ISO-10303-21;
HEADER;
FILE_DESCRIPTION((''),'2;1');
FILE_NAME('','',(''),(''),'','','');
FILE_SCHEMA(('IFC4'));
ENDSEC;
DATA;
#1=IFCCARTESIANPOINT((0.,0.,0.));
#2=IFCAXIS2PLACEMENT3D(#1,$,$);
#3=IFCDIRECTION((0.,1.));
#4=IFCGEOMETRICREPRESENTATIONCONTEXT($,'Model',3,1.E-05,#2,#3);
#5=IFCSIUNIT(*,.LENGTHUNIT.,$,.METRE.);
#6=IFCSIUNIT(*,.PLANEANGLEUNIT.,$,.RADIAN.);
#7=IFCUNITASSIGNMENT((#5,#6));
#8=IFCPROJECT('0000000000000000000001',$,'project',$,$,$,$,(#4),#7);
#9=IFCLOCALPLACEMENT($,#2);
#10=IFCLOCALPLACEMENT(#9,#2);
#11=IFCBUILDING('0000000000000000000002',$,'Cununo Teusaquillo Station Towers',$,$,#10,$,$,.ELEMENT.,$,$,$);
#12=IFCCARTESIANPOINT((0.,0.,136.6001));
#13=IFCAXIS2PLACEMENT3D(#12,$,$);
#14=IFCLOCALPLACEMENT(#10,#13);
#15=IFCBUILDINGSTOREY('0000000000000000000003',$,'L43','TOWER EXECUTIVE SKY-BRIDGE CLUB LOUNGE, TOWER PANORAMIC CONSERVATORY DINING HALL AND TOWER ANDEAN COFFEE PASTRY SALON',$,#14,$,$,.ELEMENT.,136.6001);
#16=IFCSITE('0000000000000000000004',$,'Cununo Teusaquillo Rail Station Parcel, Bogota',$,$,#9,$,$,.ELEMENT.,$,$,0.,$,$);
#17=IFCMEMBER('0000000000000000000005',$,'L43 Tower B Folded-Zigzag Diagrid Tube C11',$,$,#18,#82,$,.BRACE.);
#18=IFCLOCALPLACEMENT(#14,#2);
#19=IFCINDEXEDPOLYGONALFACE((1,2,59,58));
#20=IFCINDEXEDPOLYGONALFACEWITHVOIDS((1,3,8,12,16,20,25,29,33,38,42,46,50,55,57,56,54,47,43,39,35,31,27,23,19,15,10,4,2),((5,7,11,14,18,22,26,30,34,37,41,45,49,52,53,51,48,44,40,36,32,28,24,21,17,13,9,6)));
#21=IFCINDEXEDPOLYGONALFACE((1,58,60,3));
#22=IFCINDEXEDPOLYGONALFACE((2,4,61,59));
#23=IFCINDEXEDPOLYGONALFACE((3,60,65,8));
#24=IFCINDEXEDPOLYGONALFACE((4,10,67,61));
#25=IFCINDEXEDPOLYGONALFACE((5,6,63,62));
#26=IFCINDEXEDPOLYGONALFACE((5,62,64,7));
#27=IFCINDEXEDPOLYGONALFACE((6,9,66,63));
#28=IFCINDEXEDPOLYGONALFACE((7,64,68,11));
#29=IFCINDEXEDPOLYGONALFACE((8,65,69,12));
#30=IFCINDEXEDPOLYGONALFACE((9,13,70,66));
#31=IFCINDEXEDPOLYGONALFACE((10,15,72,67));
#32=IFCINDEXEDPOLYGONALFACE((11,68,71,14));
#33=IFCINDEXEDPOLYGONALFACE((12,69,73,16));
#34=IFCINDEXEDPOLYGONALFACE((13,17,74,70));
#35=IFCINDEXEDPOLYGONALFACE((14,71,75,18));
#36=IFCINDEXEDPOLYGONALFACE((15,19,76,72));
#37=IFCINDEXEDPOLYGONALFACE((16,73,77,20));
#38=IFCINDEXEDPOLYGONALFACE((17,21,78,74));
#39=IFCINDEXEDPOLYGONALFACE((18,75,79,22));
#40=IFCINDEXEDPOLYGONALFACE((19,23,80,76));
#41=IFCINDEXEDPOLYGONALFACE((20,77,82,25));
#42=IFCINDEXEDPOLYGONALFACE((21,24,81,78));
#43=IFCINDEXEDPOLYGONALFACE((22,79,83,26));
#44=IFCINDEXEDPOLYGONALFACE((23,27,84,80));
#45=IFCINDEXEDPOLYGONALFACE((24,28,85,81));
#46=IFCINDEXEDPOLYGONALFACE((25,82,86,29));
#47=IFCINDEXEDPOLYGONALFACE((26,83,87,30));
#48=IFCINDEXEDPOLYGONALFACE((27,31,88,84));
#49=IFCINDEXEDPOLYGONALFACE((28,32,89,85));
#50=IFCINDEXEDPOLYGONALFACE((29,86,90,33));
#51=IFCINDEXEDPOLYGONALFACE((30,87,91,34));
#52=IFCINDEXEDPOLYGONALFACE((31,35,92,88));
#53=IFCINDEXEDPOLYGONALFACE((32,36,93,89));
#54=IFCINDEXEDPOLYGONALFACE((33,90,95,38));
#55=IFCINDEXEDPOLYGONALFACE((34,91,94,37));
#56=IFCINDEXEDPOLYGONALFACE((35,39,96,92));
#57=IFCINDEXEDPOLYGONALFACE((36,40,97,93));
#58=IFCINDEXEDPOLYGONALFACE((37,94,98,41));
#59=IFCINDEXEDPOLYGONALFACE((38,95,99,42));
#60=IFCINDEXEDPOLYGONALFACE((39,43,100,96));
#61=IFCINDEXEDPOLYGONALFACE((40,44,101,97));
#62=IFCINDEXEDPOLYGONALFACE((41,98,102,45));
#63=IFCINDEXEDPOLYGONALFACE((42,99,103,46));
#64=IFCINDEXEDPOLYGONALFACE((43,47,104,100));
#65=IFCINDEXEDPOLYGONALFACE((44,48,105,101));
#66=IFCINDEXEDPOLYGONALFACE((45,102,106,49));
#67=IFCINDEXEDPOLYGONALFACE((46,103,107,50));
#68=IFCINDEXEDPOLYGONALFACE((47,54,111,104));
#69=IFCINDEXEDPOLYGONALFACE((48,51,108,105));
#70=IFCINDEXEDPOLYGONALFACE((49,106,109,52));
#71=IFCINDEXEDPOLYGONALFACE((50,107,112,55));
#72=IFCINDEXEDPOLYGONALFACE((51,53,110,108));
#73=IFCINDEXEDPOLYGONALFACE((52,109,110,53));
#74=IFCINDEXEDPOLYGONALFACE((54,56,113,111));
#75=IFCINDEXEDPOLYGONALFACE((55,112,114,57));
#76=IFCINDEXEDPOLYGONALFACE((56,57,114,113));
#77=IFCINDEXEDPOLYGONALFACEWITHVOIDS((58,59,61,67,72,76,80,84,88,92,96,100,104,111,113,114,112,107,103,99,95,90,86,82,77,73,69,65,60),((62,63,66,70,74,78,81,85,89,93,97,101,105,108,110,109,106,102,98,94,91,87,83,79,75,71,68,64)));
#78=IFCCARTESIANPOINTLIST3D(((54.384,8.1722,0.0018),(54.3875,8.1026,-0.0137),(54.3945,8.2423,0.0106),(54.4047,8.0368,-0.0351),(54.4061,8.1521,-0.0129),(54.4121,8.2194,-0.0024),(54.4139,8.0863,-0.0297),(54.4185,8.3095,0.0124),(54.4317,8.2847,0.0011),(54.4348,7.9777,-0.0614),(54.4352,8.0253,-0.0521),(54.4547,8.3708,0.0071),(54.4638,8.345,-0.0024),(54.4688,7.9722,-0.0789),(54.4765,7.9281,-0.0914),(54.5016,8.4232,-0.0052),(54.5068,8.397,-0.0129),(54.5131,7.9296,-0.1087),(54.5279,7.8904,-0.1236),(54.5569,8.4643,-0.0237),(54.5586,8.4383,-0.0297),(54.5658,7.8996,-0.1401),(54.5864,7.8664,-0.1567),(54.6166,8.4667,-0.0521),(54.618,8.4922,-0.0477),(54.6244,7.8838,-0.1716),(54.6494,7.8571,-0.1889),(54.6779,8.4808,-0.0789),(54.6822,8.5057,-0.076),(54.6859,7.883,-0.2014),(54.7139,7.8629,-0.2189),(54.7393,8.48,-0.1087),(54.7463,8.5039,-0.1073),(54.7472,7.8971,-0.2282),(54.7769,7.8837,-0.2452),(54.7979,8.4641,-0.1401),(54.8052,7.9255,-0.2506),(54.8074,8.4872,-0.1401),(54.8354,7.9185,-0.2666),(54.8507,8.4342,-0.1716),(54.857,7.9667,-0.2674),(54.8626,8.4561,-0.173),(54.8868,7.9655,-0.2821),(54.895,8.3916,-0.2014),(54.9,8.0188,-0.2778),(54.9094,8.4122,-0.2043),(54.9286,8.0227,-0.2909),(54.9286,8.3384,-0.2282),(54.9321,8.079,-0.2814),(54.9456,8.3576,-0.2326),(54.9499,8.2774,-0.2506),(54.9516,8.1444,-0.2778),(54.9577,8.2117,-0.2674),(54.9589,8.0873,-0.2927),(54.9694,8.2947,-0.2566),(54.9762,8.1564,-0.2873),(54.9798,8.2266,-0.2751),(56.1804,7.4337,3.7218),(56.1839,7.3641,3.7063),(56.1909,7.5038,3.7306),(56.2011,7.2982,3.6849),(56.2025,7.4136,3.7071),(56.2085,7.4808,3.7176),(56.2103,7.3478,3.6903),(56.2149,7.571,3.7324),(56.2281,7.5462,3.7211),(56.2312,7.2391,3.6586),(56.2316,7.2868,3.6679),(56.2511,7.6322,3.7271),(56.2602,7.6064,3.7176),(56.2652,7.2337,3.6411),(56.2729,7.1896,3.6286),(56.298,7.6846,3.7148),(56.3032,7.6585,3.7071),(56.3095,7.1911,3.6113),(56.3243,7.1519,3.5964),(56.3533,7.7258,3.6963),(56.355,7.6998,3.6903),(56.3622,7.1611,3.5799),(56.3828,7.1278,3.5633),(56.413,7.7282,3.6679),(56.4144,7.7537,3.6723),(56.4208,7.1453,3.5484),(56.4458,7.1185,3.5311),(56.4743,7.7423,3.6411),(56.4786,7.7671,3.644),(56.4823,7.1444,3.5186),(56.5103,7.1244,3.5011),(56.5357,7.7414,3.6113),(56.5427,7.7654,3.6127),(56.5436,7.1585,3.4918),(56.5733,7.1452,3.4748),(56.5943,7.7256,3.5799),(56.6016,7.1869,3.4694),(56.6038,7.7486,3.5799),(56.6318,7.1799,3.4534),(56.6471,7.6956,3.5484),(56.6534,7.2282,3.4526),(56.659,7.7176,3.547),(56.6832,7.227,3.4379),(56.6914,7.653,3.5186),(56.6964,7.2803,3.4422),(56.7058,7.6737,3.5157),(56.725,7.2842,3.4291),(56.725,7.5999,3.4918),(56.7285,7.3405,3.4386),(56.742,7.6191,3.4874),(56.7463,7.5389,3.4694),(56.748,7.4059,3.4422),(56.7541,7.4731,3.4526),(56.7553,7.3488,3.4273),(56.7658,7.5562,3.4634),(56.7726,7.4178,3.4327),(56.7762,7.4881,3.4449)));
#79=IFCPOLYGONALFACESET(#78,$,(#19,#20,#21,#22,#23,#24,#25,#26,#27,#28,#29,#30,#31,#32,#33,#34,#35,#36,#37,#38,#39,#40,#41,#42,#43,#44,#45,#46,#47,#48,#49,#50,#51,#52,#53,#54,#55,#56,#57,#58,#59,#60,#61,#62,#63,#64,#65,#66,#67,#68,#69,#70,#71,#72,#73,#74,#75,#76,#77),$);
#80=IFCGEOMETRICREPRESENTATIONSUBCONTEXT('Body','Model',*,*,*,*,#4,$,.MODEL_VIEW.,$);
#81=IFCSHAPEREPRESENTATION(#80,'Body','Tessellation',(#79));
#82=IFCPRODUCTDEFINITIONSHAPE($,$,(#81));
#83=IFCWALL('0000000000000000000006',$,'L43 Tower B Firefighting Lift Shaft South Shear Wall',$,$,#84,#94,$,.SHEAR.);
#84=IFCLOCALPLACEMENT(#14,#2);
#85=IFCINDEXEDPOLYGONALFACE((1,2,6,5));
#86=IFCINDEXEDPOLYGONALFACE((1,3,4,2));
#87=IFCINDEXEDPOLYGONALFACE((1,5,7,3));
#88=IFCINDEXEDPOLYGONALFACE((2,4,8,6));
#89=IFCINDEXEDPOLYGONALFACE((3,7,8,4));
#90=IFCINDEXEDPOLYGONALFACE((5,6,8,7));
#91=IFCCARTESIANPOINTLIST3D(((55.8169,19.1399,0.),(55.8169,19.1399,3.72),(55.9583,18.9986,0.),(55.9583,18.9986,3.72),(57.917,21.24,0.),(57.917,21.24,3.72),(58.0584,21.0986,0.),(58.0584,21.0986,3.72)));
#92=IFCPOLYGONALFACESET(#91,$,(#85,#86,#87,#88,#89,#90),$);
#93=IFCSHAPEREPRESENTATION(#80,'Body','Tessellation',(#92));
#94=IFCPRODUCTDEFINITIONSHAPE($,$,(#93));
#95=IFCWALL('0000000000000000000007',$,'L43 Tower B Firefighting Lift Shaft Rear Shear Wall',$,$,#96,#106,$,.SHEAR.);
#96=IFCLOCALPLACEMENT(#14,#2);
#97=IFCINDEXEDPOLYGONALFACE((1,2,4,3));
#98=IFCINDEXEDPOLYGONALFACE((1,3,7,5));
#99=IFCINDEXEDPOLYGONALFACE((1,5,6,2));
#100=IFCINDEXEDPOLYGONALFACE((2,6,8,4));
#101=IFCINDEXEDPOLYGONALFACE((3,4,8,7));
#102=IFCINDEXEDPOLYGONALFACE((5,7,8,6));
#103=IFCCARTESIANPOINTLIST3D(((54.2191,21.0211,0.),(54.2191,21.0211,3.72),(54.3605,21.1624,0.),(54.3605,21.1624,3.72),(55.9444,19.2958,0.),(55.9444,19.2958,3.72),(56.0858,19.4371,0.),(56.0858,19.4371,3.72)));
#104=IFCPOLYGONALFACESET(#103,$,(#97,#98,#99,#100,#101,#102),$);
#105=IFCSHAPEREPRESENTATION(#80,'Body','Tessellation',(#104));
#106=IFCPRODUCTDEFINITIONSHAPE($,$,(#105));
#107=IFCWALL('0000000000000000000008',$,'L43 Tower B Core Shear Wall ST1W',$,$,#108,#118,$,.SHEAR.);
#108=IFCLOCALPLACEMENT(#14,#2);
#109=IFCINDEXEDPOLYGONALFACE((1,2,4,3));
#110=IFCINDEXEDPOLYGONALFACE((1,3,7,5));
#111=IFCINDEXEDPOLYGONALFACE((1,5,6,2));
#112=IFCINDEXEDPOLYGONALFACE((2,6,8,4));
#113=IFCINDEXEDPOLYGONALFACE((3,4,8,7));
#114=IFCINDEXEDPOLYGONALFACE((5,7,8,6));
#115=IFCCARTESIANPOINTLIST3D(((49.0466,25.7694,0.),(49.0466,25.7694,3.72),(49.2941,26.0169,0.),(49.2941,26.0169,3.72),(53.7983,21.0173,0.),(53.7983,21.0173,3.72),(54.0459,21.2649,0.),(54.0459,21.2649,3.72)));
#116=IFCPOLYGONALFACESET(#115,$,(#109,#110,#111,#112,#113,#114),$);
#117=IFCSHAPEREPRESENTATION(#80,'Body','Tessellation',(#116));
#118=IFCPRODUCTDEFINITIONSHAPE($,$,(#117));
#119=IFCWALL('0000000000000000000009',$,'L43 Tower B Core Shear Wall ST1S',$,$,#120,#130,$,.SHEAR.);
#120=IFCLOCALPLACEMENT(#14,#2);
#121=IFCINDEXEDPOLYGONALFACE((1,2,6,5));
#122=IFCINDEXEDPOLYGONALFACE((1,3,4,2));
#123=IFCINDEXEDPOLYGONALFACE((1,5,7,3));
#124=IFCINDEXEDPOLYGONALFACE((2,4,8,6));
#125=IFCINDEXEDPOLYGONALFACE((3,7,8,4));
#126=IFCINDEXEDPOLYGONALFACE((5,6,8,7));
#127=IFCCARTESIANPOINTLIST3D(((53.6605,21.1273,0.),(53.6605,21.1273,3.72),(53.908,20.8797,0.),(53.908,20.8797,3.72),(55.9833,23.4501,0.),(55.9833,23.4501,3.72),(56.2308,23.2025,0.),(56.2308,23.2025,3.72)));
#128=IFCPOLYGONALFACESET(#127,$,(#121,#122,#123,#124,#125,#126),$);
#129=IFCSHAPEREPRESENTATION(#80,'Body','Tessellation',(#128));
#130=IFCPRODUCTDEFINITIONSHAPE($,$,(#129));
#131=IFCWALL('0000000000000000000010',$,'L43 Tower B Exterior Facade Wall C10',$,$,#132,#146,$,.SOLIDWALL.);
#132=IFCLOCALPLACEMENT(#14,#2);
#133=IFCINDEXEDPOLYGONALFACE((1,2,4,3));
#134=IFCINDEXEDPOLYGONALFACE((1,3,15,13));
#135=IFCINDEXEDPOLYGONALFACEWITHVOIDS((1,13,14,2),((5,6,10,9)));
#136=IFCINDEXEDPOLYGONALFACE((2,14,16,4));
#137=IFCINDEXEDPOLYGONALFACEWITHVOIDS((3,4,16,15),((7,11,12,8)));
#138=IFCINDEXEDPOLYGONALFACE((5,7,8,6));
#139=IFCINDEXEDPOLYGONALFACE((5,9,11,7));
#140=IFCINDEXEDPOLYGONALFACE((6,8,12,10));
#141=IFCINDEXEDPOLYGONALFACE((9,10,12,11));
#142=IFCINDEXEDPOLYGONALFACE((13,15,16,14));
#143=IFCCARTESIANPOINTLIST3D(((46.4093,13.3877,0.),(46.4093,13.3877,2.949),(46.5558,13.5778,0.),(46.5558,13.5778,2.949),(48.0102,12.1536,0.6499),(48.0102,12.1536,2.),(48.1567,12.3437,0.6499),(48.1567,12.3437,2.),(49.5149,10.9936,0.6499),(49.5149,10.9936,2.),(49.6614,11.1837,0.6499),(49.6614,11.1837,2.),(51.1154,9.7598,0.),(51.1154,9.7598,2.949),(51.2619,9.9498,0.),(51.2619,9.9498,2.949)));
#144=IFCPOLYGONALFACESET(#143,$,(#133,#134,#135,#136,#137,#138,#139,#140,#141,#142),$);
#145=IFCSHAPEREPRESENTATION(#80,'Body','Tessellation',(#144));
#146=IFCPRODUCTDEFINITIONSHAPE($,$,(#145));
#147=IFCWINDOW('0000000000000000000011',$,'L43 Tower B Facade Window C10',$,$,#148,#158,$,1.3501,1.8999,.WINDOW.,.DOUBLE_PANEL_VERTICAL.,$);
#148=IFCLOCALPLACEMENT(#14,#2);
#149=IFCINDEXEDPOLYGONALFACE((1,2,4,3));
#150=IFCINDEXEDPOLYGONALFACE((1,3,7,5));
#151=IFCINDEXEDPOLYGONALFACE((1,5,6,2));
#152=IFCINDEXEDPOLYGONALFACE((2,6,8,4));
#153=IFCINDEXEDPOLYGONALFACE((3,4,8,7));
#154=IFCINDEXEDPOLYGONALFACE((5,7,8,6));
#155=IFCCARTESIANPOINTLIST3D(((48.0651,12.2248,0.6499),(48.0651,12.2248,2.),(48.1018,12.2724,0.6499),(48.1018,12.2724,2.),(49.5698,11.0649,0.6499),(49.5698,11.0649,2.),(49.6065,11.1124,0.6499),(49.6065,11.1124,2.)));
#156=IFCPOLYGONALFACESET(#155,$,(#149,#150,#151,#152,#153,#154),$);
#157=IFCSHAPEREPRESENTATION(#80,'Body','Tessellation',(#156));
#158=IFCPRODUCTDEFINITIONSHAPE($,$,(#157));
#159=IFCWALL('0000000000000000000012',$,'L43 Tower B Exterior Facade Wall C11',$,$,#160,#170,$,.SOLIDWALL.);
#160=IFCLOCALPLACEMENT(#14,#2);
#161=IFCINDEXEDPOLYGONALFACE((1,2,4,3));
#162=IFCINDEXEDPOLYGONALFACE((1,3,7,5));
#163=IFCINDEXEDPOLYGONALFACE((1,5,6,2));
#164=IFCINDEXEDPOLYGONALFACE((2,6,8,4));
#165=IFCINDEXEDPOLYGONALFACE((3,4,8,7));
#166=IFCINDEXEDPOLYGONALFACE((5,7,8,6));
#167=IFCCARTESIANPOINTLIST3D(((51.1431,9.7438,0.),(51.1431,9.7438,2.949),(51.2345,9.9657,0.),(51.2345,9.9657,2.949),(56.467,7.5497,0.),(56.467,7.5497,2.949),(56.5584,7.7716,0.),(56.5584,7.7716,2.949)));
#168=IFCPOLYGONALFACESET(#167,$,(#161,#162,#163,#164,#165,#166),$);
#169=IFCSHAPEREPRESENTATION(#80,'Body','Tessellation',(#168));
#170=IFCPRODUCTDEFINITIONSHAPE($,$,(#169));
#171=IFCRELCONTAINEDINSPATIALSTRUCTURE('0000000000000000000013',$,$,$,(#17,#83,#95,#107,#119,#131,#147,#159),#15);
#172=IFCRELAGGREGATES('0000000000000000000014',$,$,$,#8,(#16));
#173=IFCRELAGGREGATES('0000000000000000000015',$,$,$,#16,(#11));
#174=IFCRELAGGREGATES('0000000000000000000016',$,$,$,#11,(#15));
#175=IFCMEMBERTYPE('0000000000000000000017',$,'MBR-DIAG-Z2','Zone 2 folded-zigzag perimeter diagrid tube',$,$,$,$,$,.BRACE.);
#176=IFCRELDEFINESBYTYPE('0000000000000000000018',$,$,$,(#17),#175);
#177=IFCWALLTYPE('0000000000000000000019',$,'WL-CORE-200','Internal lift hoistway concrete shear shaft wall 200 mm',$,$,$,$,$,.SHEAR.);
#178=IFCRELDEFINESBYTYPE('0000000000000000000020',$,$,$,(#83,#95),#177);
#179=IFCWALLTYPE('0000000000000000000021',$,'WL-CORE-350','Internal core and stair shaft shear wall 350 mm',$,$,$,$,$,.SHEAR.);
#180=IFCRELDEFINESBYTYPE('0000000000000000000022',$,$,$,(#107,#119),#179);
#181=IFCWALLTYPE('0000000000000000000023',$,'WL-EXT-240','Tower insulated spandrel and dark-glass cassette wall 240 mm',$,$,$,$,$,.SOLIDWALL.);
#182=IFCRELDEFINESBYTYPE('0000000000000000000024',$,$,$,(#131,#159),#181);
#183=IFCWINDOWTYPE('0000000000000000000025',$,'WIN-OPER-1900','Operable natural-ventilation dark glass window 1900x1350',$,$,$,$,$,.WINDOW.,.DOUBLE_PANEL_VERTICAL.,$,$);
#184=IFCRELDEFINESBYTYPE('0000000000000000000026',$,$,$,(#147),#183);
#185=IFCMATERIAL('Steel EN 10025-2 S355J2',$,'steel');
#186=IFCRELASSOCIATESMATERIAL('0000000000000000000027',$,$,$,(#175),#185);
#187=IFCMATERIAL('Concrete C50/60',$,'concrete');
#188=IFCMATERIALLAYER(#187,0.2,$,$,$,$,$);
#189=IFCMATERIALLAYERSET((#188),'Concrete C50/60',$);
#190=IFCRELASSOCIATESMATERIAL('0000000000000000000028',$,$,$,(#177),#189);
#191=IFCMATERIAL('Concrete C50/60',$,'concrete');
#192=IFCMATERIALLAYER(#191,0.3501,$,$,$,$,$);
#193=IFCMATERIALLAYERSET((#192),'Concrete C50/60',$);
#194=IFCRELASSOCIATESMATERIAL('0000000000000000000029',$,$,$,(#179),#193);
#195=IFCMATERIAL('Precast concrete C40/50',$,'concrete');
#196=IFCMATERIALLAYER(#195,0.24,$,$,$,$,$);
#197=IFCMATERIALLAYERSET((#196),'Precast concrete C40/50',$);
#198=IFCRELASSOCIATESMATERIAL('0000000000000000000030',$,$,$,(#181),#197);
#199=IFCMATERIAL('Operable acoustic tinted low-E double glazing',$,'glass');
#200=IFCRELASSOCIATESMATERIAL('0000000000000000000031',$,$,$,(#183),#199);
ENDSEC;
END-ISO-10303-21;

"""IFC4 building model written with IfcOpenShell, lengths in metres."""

from ifc_helpers import new_model, si_unit, direction, frame, frame_2d, origin, origin_2d, place, context, subcontext, project, spatial, rectangle, hollow_circle, extrude, source, transform, mapped, material, layer, layer_set, material_profile, profile_set, type_object, element, fill, save


model = new_model("IFC4")

# Units and contexts
model_context = context("Model", 3, precision=1e-05, world=origin(), true_north=direction((0.0, 1.0)))
body_context = subcontext(model_context, "Body", "Model", "MODEL_VIEW")
ifc_project = project(units=[si_unit("LENGTHUNIT", "METRE"), si_unit("PLANEANGLEUNIT", "RADIAN")], contexts=[model_context])

# Site, building, storey
site_placement = place(None, origin())
site = spatial("IfcSite", under=ifc_project, at=site_placement, Name="Cununo Teusaquillo Rail Station Parcel, Bogota", CompositionType="ELEMENT", RefElevation=0.0)
building_placement = place(site_placement, origin())
building = spatial("IfcBuilding", under=site, at=building_placement, Name="Cununo Teusaquillo Station Towers", CompositionType="ELEMENT")
storey_placement = place(building_placement, frame((0.0, 0.0, 136.6001)))
storey = spatial("IfcBuildingStorey", under=building, at=storey_placement, Name="L43", Description="TOWER EXECUTIVE SKY-BRIDGE CLUB LOUNGE, TOWER PANORAMIC CONSERVATORY DINING HALL AND TOWER ANDEAN COFFEE PASTRY SALON", CompositionType="ELEMENT", Elevation=136.6001)

# Member
ifc_material_1 = material(Name="Steel EN 10025-2 S355J2", Category="steel")
ifc_material_profile_1 = material_profile(ifc_material_1, hollow_circle(Radius=0.3301, WallThickness=0.0249, at=origin_2d()), Name="CHS 660x25")
ifc_profile_set_1 = profile_set([ifc_material_profile_1], Name="Steel EN 10025-2 S355J2")
member_type = type_object("IfcMemberType", Name="MBR-DIAG-Z2", Description="Zone 2 folded-zigzag perimeter diagrid tube", PredefinedType="BRACE", material=ifc_profile_set_1)
member_placement = place(storey_placement, frame((54.6819, 8.1819, -0.1401), z_axis=(0.428068, -0.175986, 0.886446), x_axis=(0.380238, 0.924889, 0.0)))
element("IfcMember", 1, at=member_placement, inside=storey, type_object=member_type, Name="L43 Tower B Folded-Zigzag Diagrid Tube C11", PredefinedType="BRACE", context=body_context, shape_type="SweptSolid", body=[
    extrude(hollow_circle(Radius=0.3301, WallThickness=0.0249, at=origin_2d()), origin(), (0.0, 0.0, 1.0), 4.1965),
])

# Walls
ifc_material_2 = material(Name="Concrete C50/60", Category="concrete")
ifc_layer_1 = layer(ifc_material_2, 0.2)
ifc_layer_set_1 = layer_set([ifc_layer_1], Name="Concrete C50/60")
wall_type_1 = type_object("IfcWallType", Name="WL-CORE-200", Description="Internal lift hoistway concrete shear shaft wall 200 mm", PredefinedType="SHEAR", material=ifc_layer_set_1)
wall_1_placement = place(storey_placement, frame((55.8877, 19.0693, 0.0), z_axis=(0.0, 0.0, 1.0), x_axis=(0.707107, 0.707107, 0.0)))
element("IfcWall", 2, at=wall_1_placement, inside=storey, type_object=wall_type_1, Name="L43 Tower B Firefighting Lift Shaft South Shear Wall", PredefinedType="SHEAR", context=body_context, shape_type="SweptSolid", body=[
    extrude(rectangle(XDim=2.97, YDim=0.2, at=frame_2d((1.4849, 0.0))), origin(), (0.0, 0.0, 1.0), 3.72),
])
wall_2_placement = place(storey_placement, frame((56.0151, 19.3665, 0.0), z_axis=(0.0, 0.0, 1.0), x_axis=(-0.707107, 0.707107, 0.0)))
element("IfcWall", 3, at=wall_2_placement, inside=storey, type_object=wall_type_1, Name="L43 Tower B Firefighting Lift Shaft Rear Shear Wall", PredefinedType="SHEAR", context=body_context, shape_type="SweptSolid", body=[
    extrude(rectangle(XDim=2.4399, YDim=0.2, at=frame_2d((1.22, 0.0))), origin(), (0.0, 0.0, 1.0), 3.72),
])
ifc_material_3 = material(Name="Concrete C50/60", Category="concrete")
ifc_layer_2 = layer(ifc_material_3, 0.3501)
ifc_layer_set_2 = layer_set([ifc_layer_2], Name="Concrete C50/60")
wall_type_2 = type_object("IfcWallType", Name="WL-CORE-350", Description="Internal core and stair shaft shear wall 350 mm", PredefinedType="SHEAR", material=ifc_layer_set_2)
wall_3_placement = place(storey_placement, frame((53.9221, 21.1411, 0.0), z_axis=(0.0, 0.0, 1.0), x_axis=(-0.707089, 0.707125, 0.0)))
element("IfcWall", 4, at=wall_3_placement, inside=storey, type_object=wall_type_2, Name="L43 Tower B Core Shear Wall ST1W", PredefinedType="SHEAR", context=body_context, shape_type="SweptSolid", body=[
    extrude(rectangle(XDim=6.7202, YDim=0.3501, at=frame_2d((3.3601, 0.0))), origin(), (0.0, 0.0, 1.0), 3.72),
])
wall_4_placement = place(storey_placement, frame((53.7842, 21.0034, 0.0), z_axis=(0.0, 0.0, 1.0), x_axis=(0.707107, 0.707107, 0.0)))
element("IfcWall", 5, at=wall_4_placement, inside=storey, type_object=wall_type_2, Name="L43 Tower B Core Shear Wall ST1S", PredefinedType="SHEAR", context=body_context, shape_type="SweptSolid", body=[
    extrude(rectangle(XDim=3.2849, YDim=0.3501, at=frame_2d((1.6426, 0.0))), origin(), (0.0, 0.0, 1.0), 3.72),
])

# Wall, opening, window
ifc_material_4 = material(Name="Precast concrete C40/50", Category="concrete")
ifc_layer_3 = layer(ifc_material_4, 0.24)
ifc_layer_set_3 = layer_set([ifc_layer_3], Name="Precast concrete C40/50")
wall_type_3 = type_object("IfcWallType", Name="WL-EXT-240", Description="Tower insulated spandrel and dark-glass cassette wall 240 mm", PredefinedType="SOLIDWALL", material=ifc_layer_set_3)
wall_5_placement = place(storey_placement, frame((51.1887, 9.8547, 0.0), z_axis=(0.0, 0.0, 1.0), x_axis=(-0.791982, 0.610544, 0.0)))
wall_5 = element("IfcWall", 6, at=wall_5_placement, inside=storey, type_object=wall_type_3, Name="L43 Tower B Exterior Facade Wall C10", PredefinedType="SOLIDWALL", context=body_context, shape_type="SweptSolid", body=[
    extrude(rectangle(XDim=5.9421, YDim=0.24, at=frame_2d((2.9712, 0.0))), origin(), (0.0, 0.0, 1.0), 2.949),
])
shared_shape_1 = source(origin(), body_context, "Body", "SweptSolid", [
    extrude(rectangle(XDim=1.8999, YDim=1.3501, at=frame_2d((0.95, 0.675))), frame((0.0, 0.1299, 0.0), z_axis=(0.0, -1.0, 0.0), x_axis=(1.0, 0.0, 0.0)), (0.0, 0.0, 1.0), 0.26),
])
opening_1_placement = place(wall_5_placement, frame((2.021, 0.0, 0.6499)))
opening_1 = element("IfcOpeningElement", 7, at=opening_1_placement, cuts=wall_5, PredefinedType="OPENING", context=body_context, shape_type="MappedRepresentation", body=[
    mapped(shared_shape_1, transform((0.0, 0.0, 0.0), x_axis=(1.0, 0.0, 0.0), y_axis=(0.0, 1.0, 0.0), z_axis=(0.0, 0.0, 1.0), scale=1.0)),
])
ifc_material_5 = material(Name="Operable acoustic tinted low-E double glazing", Category="glass")
window_type = type_object("IfcWindowType", Name="WIN-OPER-1900", Description="Operable natural-ventilation dark glass window 1900x1350", PartitioningType="DOUBLE_PANEL_VERTICAL", PredefinedType="WINDOW", material=ifc_material_5)
shared_shape_2 = source(origin(), body_context, "Body", "SweptSolid", [
    extrude(rectangle(XDim=1.8999, YDim=1.3501, at=frame_2d((0.95, 0.675))), frame((0.0, 0.03, 0.0), z_axis=(0.0, -1.0, 0.0), x_axis=(1.0, 0.0, 0.0)), (0.0, 0.0, 1.0), 0.0601),
])
window_placement = place(opening_1_placement, origin())
window = element("IfcWindow", 8, at=window_placement, inside=storey, type_object=window_type, Name="L43 Tower B Facade Window C10", OverallHeight=1.3501, OverallWidth=1.8999, PartitioningType="DOUBLE_PANEL_VERTICAL", PredefinedType="WINDOW", context=body_context, shape_type="MappedRepresentation", body=[
    mapped(shared_shape_2, transform((0.0, 0.0, 0.0), x_axis=(1.0, 0.0, 0.0), y_axis=(0.0, 1.0, 0.0), z_axis=(0.0, 0.0, 1.0), scale=1.0)),
])
fill(opening_1, window)

# Wall
wall_6_placement = place(storey_placement, frame((56.5127, 7.6606, 0.0), z_axis=(0.0, 0.0, 1.0), x_axis=(-0.924564, 0.381027, 0.0)))
element("IfcWall", 9, at=wall_6_placement, inside=storey, type_object=wall_type_3, Name="L43 Tower B Exterior Facade Wall C11", PredefinedType="SOLIDWALL", context=body_context, shape_type="SweptSolid", body=[
    extrude(rectangle(XDim=5.7583, YDim=0.24, at=frame_2d((2.8792, 0.0))), origin(), (0.0, 0.0, 1.0), 2.949),
])

save(model, "model.ifc")
